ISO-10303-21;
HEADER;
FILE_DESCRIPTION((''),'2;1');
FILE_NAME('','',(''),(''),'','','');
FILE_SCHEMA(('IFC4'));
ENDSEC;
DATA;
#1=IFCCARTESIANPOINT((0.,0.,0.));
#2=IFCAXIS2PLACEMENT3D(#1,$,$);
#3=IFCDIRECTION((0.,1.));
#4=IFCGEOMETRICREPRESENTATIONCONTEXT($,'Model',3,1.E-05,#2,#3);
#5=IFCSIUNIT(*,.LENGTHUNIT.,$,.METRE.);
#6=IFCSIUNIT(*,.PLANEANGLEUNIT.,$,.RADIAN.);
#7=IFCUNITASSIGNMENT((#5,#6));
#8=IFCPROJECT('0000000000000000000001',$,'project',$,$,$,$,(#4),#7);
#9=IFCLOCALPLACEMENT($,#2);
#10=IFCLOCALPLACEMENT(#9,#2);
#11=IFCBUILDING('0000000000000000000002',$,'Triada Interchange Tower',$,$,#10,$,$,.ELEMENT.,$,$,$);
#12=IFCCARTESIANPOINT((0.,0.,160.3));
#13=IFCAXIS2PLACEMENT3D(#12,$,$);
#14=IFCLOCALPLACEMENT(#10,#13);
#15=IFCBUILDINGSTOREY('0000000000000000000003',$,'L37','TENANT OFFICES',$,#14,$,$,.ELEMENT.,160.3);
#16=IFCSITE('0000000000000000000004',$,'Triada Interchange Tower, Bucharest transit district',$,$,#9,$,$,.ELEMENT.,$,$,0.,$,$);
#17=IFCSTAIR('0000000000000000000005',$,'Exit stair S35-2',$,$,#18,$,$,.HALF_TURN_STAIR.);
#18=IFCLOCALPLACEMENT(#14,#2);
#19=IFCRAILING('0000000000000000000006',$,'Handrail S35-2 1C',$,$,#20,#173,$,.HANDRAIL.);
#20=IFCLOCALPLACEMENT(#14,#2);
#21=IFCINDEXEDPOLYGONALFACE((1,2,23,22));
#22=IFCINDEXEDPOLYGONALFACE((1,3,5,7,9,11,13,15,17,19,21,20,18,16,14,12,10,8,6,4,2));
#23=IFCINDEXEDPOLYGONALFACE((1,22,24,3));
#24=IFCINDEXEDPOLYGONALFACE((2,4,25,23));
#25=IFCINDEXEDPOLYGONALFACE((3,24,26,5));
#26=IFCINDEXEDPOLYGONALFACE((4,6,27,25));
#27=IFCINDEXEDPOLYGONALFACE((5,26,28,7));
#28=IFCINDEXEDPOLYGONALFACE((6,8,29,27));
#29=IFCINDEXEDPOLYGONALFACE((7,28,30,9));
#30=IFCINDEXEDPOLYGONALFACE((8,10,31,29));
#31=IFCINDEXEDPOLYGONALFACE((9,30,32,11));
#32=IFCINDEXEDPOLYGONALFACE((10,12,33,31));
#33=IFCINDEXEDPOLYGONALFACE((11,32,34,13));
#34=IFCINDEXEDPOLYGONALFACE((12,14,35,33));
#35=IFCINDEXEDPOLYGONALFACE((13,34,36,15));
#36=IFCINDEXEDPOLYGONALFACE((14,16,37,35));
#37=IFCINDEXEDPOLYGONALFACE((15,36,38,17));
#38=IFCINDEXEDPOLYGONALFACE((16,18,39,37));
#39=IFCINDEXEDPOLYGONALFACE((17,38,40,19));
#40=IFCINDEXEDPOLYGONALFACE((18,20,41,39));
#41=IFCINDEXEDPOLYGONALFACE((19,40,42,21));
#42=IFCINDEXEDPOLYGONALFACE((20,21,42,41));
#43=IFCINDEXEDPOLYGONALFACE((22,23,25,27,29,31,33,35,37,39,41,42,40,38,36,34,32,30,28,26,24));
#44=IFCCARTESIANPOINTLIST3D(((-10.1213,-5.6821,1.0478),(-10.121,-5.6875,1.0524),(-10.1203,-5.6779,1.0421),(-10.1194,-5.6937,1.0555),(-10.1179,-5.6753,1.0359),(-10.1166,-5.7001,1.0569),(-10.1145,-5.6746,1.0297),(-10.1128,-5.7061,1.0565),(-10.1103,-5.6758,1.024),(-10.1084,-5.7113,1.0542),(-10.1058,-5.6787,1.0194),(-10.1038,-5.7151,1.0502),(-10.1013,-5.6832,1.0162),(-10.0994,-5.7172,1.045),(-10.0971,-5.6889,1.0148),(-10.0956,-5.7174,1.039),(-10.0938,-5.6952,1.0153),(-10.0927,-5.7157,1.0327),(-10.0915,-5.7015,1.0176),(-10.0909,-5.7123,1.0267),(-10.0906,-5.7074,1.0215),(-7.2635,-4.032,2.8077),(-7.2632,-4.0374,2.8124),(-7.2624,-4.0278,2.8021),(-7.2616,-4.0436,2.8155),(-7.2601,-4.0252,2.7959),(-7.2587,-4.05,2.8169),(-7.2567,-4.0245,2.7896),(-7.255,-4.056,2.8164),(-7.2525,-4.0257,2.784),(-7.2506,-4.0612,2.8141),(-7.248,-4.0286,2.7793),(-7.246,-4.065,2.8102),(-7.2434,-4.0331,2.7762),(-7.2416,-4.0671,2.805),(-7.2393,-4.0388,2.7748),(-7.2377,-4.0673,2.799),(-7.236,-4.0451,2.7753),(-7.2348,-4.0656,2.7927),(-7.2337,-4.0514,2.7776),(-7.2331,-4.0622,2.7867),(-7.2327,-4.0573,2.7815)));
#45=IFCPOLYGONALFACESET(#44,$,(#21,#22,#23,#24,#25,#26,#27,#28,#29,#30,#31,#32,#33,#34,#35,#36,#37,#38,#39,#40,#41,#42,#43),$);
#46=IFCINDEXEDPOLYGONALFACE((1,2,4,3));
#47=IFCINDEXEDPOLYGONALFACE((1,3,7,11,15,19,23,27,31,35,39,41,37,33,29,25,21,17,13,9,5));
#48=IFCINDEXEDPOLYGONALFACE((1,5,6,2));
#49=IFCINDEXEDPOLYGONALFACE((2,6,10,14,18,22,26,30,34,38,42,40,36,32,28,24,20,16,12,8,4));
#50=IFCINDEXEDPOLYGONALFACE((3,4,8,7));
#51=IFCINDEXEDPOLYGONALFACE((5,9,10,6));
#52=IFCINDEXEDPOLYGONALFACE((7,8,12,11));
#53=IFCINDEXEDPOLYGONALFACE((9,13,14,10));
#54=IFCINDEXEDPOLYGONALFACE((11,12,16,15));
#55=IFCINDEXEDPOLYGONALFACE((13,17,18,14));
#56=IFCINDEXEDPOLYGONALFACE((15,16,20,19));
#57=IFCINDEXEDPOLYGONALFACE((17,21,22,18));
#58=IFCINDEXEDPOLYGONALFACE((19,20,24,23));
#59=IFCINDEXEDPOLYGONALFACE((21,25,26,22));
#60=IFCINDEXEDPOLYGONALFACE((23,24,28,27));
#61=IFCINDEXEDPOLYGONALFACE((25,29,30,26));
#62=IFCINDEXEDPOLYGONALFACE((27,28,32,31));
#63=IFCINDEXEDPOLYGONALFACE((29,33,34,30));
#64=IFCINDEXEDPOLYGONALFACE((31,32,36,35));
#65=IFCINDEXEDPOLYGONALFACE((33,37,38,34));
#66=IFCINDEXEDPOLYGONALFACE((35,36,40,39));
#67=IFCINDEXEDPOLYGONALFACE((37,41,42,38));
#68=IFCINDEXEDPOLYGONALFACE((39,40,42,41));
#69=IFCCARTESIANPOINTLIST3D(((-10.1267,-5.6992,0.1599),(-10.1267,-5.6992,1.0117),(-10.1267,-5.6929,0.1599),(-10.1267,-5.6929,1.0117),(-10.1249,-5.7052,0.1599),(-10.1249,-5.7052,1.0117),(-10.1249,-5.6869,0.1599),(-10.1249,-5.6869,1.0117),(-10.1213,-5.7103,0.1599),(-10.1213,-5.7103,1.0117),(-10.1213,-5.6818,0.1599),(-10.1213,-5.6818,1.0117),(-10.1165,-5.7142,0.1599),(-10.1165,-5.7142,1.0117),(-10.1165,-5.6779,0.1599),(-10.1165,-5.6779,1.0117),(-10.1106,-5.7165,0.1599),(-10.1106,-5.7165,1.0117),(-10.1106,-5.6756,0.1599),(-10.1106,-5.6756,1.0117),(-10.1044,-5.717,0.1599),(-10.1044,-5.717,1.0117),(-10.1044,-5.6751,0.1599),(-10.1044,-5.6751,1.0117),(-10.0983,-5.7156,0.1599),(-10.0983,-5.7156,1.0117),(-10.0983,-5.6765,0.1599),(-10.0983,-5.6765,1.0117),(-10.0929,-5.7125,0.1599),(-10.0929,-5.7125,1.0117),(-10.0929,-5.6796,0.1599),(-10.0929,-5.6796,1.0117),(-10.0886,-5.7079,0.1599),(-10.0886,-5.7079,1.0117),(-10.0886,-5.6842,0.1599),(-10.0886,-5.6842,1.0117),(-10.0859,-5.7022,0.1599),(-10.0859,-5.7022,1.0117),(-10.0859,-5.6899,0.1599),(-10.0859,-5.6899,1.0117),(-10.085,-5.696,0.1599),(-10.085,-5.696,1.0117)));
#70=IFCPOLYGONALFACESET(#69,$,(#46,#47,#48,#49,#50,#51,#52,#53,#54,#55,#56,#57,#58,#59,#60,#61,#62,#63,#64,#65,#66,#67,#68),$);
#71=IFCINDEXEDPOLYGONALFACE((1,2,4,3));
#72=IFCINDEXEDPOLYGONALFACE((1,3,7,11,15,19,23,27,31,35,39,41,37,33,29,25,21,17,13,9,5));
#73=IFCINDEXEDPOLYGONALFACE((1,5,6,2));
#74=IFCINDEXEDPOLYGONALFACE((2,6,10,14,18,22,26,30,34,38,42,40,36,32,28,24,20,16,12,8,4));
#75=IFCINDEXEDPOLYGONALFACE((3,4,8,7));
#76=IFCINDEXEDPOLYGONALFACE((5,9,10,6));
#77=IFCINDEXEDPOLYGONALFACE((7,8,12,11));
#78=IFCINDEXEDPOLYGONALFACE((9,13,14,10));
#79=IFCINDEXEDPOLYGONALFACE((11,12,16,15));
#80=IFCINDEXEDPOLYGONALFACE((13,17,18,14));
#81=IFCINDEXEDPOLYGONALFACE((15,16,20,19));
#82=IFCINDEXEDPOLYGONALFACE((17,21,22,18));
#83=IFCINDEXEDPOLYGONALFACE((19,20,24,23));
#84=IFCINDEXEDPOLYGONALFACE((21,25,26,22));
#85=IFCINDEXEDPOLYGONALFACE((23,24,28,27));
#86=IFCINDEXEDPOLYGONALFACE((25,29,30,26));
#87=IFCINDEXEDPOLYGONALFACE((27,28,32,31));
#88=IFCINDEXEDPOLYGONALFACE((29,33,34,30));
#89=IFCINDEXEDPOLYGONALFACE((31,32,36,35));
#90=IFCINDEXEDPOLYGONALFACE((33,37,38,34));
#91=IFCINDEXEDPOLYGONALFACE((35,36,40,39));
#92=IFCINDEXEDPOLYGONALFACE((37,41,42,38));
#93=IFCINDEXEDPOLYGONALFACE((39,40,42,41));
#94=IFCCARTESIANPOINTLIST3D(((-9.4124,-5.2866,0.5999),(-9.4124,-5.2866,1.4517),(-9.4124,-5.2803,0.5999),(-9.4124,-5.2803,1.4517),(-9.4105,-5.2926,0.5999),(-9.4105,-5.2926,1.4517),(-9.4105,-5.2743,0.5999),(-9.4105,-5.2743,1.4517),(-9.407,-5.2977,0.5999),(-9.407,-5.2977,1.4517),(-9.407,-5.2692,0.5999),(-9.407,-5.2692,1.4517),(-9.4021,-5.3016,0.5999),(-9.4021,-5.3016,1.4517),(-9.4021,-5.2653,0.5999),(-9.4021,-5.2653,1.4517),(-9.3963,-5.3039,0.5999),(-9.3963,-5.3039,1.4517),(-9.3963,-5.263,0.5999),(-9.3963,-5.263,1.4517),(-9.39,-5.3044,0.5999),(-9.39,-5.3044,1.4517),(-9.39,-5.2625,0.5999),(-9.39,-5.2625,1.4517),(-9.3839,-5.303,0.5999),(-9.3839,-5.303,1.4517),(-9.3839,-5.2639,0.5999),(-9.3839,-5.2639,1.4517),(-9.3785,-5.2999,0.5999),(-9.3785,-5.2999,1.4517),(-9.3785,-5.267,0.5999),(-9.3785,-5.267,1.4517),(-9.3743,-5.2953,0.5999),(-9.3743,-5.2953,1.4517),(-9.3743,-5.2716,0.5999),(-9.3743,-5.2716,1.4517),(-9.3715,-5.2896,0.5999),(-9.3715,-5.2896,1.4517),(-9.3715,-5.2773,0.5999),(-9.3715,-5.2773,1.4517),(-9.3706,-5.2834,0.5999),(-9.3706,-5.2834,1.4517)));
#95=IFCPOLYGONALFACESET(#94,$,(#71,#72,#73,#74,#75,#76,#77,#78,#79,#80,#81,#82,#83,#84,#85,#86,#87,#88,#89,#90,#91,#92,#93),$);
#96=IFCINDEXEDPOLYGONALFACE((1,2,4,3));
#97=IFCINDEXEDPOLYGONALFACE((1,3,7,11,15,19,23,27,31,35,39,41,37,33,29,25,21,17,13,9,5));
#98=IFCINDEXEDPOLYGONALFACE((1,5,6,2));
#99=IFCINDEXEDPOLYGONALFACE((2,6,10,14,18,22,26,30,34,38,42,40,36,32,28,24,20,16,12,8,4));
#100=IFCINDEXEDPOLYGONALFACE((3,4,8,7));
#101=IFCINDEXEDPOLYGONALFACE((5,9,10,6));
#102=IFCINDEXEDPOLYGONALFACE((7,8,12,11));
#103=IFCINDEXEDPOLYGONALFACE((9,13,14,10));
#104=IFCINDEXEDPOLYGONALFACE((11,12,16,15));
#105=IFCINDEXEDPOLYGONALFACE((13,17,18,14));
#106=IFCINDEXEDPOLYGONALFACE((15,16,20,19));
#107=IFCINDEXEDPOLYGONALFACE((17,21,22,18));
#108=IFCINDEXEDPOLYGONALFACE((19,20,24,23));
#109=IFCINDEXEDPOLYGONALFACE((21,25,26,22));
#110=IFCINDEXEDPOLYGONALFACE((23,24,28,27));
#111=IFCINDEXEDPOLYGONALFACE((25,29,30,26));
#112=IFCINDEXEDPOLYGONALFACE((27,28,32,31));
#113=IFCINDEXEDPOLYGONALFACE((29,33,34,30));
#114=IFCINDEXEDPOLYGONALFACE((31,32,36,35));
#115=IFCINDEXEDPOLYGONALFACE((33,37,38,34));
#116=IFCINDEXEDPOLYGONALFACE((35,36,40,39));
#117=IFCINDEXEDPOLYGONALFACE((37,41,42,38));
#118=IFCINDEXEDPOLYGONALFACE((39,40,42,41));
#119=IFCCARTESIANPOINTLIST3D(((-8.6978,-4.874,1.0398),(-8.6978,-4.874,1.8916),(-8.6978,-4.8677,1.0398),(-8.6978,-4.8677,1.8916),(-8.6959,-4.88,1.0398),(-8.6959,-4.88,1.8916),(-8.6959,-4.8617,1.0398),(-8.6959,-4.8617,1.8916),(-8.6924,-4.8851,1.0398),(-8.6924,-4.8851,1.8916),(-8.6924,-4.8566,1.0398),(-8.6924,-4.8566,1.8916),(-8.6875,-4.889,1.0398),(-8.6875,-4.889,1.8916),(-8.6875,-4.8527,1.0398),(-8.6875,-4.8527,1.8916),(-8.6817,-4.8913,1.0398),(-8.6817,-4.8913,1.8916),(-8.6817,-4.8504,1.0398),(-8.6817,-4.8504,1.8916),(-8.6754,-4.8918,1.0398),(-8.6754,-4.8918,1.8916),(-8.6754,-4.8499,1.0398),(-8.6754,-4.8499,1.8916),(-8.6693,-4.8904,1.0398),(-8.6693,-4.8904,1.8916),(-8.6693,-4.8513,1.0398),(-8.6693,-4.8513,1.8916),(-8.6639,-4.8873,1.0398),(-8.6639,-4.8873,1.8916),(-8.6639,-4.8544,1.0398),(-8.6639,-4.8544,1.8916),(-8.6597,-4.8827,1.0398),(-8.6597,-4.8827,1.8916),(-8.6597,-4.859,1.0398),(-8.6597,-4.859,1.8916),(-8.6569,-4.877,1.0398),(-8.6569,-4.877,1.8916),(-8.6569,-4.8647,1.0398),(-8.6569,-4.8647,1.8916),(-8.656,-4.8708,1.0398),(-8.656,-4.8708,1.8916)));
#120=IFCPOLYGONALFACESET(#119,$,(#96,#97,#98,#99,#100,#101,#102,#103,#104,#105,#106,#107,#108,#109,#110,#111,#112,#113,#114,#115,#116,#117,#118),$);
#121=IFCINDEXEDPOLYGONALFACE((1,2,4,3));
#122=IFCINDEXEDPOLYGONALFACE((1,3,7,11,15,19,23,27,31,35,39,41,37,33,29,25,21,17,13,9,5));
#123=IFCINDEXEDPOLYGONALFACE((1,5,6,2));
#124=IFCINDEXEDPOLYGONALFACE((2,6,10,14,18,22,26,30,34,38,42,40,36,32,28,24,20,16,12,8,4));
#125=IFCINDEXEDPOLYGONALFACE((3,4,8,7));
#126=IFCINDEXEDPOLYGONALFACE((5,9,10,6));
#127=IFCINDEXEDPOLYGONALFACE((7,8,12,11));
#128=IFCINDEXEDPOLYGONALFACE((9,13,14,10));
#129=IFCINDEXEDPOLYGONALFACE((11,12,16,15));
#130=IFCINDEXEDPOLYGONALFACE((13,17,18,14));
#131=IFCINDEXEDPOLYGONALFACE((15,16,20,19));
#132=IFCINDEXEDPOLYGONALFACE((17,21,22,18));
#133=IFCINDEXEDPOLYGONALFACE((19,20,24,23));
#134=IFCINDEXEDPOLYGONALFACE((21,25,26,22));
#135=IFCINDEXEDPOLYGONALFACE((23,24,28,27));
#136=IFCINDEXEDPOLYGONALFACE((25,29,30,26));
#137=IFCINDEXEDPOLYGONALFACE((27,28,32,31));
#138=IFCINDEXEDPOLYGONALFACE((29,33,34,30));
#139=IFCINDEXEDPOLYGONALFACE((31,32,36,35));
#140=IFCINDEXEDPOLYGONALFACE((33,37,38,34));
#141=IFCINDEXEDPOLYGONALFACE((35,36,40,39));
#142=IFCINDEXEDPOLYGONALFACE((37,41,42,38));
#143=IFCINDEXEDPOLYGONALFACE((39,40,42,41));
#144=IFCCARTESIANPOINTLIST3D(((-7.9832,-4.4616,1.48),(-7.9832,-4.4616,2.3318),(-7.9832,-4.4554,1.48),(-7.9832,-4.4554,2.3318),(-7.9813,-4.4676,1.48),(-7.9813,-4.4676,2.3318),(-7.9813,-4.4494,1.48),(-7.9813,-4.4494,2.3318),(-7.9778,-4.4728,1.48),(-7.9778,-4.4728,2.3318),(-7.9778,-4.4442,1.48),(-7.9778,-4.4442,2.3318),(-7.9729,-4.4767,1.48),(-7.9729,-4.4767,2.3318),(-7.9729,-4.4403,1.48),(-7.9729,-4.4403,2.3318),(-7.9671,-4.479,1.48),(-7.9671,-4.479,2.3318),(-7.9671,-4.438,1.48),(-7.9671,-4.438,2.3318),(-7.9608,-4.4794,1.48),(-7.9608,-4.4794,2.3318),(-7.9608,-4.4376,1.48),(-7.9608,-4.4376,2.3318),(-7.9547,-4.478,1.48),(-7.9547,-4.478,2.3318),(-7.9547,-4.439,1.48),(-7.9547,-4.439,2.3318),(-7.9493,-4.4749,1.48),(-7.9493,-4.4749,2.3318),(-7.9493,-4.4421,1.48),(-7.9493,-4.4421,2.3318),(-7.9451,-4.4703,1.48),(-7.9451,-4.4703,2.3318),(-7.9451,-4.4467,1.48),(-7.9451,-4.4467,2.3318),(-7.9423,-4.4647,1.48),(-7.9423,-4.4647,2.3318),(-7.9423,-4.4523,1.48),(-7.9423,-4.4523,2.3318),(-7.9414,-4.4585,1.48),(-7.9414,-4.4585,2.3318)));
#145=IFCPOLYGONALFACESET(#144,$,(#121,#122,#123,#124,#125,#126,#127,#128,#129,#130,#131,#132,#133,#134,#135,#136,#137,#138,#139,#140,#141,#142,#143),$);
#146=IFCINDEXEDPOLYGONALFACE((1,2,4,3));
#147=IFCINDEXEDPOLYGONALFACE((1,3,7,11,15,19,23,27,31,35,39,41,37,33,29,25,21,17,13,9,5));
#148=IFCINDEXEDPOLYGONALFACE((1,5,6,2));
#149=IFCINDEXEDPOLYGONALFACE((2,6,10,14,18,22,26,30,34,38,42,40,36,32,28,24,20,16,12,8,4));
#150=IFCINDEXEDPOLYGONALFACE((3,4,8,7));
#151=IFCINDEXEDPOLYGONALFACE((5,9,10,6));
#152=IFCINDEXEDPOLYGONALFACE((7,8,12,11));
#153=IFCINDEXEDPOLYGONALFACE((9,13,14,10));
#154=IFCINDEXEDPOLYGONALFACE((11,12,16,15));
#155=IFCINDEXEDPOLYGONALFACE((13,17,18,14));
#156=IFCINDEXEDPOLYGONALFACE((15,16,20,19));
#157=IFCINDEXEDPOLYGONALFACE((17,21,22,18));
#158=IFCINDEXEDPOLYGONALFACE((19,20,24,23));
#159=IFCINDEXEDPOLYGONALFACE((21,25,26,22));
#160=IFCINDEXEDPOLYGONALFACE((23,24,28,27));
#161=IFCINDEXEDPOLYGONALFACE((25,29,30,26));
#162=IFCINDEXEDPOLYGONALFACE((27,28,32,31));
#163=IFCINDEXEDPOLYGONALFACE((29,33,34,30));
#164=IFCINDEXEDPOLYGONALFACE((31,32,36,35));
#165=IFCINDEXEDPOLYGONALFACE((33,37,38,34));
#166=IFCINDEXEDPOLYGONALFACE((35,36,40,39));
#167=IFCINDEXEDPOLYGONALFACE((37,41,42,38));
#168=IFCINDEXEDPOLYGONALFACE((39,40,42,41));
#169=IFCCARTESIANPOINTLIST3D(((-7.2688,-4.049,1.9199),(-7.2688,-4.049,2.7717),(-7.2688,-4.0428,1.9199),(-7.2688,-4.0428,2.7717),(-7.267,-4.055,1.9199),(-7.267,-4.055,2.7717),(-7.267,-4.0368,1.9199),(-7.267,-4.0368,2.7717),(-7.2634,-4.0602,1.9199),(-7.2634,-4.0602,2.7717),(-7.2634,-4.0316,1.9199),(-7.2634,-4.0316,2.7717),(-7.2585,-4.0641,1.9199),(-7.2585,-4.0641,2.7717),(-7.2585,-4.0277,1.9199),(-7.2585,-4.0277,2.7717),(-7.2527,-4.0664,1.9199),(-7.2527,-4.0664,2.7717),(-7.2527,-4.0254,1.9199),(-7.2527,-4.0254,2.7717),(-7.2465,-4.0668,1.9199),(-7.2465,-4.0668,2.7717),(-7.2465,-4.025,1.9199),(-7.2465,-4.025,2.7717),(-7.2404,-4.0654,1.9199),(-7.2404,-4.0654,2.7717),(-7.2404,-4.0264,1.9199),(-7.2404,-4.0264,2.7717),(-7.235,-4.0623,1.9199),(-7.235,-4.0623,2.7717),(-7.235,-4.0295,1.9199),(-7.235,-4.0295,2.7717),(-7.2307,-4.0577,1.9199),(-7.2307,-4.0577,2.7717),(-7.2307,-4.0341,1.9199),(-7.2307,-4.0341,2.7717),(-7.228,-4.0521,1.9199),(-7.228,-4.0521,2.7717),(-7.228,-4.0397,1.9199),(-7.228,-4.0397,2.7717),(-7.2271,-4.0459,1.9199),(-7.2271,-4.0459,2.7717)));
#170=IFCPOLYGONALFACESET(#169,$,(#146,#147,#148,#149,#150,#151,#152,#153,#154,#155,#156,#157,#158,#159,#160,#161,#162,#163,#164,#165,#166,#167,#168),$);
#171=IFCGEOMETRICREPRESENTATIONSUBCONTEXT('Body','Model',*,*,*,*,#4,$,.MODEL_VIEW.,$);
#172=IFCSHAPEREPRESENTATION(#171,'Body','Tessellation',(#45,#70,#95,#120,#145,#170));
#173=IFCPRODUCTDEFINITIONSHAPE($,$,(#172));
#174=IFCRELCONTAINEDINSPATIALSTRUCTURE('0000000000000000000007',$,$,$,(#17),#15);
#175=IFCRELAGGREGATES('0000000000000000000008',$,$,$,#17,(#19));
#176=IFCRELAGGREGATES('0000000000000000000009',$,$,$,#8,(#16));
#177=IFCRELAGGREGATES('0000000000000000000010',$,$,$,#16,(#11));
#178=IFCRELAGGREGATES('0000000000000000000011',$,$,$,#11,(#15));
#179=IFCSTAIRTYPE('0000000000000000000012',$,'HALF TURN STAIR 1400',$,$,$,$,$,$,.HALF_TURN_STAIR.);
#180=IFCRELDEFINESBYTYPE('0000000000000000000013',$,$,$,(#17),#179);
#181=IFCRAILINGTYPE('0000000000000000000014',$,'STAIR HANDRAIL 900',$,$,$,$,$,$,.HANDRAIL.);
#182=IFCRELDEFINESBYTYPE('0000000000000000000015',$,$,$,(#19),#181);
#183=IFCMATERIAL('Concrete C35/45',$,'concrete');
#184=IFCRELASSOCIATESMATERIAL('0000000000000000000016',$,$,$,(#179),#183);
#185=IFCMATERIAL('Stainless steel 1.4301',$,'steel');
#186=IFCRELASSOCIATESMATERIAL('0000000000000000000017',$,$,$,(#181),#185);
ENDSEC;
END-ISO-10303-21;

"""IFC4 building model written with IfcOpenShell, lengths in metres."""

from ifc_helpers import new_model, si_unit, direction, frame, origin, origin_2d, place, context, subcontext, project, spatial, circle, extrude, material, type_object, element, aggregate, save


model = new_model("IFC4")

# Units and contexts
model_context = context("Model", 3, precision=1e-05, world=origin(), true_north=direction((0.0, 1.0)))
body_context = subcontext(model_context, "Body", "Model", "MODEL_VIEW")
ifc_project = project(units=[si_unit("LENGTHUNIT", "METRE"), si_unit("PLANEANGLEUNIT", "RADIAN")], contexts=[model_context])

# Site, building, storey
site_placement = place(None, origin())
site = spatial("IfcSite", under=ifc_project, at=site_placement, Name="Triada Interchange Tower, Bucharest transit district", CompositionType="ELEMENT", RefElevation=0.0)
building_placement = place(site_placement, origin())
building = spatial("IfcBuilding", under=site, at=building_placement, Name="Triada Interchange Tower", CompositionType="ELEMENT")
storey_placement = place(building_placement, frame((0.0, 0.0, 160.3)))
storey = spatial("IfcBuildingStorey", under=building, at=storey_placement, Name="L37", Description="TENANT OFFICES", CompositionType="ELEMENT", Elevation=160.3)

# Stair, railing
ifc_material_1 = material(Name="Concrete C35/45", Category="concrete")
stair_type = type_object("IfcStairType", Name="HALF TURN STAIR 1400", PredefinedType="HALF_TURN_STAIR", material=ifc_material_1)
stair_placement = place(storey_placement, origin())
stair = element("IfcStair", 1, at=stair_placement, inside=storey, type_object=stair_type, Name="Exit stair S35-2", PredefinedType="HALF_TURN_STAIR")
ifc_material_2 = material(Name="Stainless steel 1.4301", Category="steel")
railing_type = type_object("IfcRailingType", Name="STAIR HANDRAIL 900", PredefinedType="HANDRAIL", material=ifc_material_2)
railing_1_placement = place(storey_placement, frame((-10.106, -5.696, 0.1599)))
railing_1 = element("IfcRailing", 2, at=railing_1_placement, type_object=railing_type, Name="Handrail S35-2 1C", PredefinedType="HANDRAIL", context=body_context, shape_type="SweptSolid", body=[
    extrude(circle(Radius=0.0239, at=origin_2d()), frame((0.0, 0.0, 0.876), z_axis=(0.764129, 0.441205, 0.47058), x_axis=(-0.50003, 0.866008, 0.0)), (0.0, 0.0, 1.0), 3.74),
    extrude(circle(Radius=0.021, at=origin_2d()), origin(), (0.0, 0.0, 1.0), 0.8518),
    extrude(circle(Radius=0.021, at=origin_2d()), frame((0.7144, 0.4126, 0.4399)), (0.0, 0.0, 1.0), 0.8518),
    extrude(circle(Radius=0.021, at=origin_2d()), frame((1.429, 0.8252, 0.8799)), (0.0, 0.0, 1.0), 0.8518),
    extrude(circle(Radius=0.021, at=origin_2d()), frame((2.1436, 1.2375, 1.3201)), (0.0, 0.0, 1.0), 0.8518),
    extrude(circle(Radius=0.021, at=origin_2d()), frame((2.8579, 1.6501, 1.76)), (0.0, 0.0, 1.0), 0.8518),
])
aggregate(stair, [railing_1])

save(model, "model.ifc")
